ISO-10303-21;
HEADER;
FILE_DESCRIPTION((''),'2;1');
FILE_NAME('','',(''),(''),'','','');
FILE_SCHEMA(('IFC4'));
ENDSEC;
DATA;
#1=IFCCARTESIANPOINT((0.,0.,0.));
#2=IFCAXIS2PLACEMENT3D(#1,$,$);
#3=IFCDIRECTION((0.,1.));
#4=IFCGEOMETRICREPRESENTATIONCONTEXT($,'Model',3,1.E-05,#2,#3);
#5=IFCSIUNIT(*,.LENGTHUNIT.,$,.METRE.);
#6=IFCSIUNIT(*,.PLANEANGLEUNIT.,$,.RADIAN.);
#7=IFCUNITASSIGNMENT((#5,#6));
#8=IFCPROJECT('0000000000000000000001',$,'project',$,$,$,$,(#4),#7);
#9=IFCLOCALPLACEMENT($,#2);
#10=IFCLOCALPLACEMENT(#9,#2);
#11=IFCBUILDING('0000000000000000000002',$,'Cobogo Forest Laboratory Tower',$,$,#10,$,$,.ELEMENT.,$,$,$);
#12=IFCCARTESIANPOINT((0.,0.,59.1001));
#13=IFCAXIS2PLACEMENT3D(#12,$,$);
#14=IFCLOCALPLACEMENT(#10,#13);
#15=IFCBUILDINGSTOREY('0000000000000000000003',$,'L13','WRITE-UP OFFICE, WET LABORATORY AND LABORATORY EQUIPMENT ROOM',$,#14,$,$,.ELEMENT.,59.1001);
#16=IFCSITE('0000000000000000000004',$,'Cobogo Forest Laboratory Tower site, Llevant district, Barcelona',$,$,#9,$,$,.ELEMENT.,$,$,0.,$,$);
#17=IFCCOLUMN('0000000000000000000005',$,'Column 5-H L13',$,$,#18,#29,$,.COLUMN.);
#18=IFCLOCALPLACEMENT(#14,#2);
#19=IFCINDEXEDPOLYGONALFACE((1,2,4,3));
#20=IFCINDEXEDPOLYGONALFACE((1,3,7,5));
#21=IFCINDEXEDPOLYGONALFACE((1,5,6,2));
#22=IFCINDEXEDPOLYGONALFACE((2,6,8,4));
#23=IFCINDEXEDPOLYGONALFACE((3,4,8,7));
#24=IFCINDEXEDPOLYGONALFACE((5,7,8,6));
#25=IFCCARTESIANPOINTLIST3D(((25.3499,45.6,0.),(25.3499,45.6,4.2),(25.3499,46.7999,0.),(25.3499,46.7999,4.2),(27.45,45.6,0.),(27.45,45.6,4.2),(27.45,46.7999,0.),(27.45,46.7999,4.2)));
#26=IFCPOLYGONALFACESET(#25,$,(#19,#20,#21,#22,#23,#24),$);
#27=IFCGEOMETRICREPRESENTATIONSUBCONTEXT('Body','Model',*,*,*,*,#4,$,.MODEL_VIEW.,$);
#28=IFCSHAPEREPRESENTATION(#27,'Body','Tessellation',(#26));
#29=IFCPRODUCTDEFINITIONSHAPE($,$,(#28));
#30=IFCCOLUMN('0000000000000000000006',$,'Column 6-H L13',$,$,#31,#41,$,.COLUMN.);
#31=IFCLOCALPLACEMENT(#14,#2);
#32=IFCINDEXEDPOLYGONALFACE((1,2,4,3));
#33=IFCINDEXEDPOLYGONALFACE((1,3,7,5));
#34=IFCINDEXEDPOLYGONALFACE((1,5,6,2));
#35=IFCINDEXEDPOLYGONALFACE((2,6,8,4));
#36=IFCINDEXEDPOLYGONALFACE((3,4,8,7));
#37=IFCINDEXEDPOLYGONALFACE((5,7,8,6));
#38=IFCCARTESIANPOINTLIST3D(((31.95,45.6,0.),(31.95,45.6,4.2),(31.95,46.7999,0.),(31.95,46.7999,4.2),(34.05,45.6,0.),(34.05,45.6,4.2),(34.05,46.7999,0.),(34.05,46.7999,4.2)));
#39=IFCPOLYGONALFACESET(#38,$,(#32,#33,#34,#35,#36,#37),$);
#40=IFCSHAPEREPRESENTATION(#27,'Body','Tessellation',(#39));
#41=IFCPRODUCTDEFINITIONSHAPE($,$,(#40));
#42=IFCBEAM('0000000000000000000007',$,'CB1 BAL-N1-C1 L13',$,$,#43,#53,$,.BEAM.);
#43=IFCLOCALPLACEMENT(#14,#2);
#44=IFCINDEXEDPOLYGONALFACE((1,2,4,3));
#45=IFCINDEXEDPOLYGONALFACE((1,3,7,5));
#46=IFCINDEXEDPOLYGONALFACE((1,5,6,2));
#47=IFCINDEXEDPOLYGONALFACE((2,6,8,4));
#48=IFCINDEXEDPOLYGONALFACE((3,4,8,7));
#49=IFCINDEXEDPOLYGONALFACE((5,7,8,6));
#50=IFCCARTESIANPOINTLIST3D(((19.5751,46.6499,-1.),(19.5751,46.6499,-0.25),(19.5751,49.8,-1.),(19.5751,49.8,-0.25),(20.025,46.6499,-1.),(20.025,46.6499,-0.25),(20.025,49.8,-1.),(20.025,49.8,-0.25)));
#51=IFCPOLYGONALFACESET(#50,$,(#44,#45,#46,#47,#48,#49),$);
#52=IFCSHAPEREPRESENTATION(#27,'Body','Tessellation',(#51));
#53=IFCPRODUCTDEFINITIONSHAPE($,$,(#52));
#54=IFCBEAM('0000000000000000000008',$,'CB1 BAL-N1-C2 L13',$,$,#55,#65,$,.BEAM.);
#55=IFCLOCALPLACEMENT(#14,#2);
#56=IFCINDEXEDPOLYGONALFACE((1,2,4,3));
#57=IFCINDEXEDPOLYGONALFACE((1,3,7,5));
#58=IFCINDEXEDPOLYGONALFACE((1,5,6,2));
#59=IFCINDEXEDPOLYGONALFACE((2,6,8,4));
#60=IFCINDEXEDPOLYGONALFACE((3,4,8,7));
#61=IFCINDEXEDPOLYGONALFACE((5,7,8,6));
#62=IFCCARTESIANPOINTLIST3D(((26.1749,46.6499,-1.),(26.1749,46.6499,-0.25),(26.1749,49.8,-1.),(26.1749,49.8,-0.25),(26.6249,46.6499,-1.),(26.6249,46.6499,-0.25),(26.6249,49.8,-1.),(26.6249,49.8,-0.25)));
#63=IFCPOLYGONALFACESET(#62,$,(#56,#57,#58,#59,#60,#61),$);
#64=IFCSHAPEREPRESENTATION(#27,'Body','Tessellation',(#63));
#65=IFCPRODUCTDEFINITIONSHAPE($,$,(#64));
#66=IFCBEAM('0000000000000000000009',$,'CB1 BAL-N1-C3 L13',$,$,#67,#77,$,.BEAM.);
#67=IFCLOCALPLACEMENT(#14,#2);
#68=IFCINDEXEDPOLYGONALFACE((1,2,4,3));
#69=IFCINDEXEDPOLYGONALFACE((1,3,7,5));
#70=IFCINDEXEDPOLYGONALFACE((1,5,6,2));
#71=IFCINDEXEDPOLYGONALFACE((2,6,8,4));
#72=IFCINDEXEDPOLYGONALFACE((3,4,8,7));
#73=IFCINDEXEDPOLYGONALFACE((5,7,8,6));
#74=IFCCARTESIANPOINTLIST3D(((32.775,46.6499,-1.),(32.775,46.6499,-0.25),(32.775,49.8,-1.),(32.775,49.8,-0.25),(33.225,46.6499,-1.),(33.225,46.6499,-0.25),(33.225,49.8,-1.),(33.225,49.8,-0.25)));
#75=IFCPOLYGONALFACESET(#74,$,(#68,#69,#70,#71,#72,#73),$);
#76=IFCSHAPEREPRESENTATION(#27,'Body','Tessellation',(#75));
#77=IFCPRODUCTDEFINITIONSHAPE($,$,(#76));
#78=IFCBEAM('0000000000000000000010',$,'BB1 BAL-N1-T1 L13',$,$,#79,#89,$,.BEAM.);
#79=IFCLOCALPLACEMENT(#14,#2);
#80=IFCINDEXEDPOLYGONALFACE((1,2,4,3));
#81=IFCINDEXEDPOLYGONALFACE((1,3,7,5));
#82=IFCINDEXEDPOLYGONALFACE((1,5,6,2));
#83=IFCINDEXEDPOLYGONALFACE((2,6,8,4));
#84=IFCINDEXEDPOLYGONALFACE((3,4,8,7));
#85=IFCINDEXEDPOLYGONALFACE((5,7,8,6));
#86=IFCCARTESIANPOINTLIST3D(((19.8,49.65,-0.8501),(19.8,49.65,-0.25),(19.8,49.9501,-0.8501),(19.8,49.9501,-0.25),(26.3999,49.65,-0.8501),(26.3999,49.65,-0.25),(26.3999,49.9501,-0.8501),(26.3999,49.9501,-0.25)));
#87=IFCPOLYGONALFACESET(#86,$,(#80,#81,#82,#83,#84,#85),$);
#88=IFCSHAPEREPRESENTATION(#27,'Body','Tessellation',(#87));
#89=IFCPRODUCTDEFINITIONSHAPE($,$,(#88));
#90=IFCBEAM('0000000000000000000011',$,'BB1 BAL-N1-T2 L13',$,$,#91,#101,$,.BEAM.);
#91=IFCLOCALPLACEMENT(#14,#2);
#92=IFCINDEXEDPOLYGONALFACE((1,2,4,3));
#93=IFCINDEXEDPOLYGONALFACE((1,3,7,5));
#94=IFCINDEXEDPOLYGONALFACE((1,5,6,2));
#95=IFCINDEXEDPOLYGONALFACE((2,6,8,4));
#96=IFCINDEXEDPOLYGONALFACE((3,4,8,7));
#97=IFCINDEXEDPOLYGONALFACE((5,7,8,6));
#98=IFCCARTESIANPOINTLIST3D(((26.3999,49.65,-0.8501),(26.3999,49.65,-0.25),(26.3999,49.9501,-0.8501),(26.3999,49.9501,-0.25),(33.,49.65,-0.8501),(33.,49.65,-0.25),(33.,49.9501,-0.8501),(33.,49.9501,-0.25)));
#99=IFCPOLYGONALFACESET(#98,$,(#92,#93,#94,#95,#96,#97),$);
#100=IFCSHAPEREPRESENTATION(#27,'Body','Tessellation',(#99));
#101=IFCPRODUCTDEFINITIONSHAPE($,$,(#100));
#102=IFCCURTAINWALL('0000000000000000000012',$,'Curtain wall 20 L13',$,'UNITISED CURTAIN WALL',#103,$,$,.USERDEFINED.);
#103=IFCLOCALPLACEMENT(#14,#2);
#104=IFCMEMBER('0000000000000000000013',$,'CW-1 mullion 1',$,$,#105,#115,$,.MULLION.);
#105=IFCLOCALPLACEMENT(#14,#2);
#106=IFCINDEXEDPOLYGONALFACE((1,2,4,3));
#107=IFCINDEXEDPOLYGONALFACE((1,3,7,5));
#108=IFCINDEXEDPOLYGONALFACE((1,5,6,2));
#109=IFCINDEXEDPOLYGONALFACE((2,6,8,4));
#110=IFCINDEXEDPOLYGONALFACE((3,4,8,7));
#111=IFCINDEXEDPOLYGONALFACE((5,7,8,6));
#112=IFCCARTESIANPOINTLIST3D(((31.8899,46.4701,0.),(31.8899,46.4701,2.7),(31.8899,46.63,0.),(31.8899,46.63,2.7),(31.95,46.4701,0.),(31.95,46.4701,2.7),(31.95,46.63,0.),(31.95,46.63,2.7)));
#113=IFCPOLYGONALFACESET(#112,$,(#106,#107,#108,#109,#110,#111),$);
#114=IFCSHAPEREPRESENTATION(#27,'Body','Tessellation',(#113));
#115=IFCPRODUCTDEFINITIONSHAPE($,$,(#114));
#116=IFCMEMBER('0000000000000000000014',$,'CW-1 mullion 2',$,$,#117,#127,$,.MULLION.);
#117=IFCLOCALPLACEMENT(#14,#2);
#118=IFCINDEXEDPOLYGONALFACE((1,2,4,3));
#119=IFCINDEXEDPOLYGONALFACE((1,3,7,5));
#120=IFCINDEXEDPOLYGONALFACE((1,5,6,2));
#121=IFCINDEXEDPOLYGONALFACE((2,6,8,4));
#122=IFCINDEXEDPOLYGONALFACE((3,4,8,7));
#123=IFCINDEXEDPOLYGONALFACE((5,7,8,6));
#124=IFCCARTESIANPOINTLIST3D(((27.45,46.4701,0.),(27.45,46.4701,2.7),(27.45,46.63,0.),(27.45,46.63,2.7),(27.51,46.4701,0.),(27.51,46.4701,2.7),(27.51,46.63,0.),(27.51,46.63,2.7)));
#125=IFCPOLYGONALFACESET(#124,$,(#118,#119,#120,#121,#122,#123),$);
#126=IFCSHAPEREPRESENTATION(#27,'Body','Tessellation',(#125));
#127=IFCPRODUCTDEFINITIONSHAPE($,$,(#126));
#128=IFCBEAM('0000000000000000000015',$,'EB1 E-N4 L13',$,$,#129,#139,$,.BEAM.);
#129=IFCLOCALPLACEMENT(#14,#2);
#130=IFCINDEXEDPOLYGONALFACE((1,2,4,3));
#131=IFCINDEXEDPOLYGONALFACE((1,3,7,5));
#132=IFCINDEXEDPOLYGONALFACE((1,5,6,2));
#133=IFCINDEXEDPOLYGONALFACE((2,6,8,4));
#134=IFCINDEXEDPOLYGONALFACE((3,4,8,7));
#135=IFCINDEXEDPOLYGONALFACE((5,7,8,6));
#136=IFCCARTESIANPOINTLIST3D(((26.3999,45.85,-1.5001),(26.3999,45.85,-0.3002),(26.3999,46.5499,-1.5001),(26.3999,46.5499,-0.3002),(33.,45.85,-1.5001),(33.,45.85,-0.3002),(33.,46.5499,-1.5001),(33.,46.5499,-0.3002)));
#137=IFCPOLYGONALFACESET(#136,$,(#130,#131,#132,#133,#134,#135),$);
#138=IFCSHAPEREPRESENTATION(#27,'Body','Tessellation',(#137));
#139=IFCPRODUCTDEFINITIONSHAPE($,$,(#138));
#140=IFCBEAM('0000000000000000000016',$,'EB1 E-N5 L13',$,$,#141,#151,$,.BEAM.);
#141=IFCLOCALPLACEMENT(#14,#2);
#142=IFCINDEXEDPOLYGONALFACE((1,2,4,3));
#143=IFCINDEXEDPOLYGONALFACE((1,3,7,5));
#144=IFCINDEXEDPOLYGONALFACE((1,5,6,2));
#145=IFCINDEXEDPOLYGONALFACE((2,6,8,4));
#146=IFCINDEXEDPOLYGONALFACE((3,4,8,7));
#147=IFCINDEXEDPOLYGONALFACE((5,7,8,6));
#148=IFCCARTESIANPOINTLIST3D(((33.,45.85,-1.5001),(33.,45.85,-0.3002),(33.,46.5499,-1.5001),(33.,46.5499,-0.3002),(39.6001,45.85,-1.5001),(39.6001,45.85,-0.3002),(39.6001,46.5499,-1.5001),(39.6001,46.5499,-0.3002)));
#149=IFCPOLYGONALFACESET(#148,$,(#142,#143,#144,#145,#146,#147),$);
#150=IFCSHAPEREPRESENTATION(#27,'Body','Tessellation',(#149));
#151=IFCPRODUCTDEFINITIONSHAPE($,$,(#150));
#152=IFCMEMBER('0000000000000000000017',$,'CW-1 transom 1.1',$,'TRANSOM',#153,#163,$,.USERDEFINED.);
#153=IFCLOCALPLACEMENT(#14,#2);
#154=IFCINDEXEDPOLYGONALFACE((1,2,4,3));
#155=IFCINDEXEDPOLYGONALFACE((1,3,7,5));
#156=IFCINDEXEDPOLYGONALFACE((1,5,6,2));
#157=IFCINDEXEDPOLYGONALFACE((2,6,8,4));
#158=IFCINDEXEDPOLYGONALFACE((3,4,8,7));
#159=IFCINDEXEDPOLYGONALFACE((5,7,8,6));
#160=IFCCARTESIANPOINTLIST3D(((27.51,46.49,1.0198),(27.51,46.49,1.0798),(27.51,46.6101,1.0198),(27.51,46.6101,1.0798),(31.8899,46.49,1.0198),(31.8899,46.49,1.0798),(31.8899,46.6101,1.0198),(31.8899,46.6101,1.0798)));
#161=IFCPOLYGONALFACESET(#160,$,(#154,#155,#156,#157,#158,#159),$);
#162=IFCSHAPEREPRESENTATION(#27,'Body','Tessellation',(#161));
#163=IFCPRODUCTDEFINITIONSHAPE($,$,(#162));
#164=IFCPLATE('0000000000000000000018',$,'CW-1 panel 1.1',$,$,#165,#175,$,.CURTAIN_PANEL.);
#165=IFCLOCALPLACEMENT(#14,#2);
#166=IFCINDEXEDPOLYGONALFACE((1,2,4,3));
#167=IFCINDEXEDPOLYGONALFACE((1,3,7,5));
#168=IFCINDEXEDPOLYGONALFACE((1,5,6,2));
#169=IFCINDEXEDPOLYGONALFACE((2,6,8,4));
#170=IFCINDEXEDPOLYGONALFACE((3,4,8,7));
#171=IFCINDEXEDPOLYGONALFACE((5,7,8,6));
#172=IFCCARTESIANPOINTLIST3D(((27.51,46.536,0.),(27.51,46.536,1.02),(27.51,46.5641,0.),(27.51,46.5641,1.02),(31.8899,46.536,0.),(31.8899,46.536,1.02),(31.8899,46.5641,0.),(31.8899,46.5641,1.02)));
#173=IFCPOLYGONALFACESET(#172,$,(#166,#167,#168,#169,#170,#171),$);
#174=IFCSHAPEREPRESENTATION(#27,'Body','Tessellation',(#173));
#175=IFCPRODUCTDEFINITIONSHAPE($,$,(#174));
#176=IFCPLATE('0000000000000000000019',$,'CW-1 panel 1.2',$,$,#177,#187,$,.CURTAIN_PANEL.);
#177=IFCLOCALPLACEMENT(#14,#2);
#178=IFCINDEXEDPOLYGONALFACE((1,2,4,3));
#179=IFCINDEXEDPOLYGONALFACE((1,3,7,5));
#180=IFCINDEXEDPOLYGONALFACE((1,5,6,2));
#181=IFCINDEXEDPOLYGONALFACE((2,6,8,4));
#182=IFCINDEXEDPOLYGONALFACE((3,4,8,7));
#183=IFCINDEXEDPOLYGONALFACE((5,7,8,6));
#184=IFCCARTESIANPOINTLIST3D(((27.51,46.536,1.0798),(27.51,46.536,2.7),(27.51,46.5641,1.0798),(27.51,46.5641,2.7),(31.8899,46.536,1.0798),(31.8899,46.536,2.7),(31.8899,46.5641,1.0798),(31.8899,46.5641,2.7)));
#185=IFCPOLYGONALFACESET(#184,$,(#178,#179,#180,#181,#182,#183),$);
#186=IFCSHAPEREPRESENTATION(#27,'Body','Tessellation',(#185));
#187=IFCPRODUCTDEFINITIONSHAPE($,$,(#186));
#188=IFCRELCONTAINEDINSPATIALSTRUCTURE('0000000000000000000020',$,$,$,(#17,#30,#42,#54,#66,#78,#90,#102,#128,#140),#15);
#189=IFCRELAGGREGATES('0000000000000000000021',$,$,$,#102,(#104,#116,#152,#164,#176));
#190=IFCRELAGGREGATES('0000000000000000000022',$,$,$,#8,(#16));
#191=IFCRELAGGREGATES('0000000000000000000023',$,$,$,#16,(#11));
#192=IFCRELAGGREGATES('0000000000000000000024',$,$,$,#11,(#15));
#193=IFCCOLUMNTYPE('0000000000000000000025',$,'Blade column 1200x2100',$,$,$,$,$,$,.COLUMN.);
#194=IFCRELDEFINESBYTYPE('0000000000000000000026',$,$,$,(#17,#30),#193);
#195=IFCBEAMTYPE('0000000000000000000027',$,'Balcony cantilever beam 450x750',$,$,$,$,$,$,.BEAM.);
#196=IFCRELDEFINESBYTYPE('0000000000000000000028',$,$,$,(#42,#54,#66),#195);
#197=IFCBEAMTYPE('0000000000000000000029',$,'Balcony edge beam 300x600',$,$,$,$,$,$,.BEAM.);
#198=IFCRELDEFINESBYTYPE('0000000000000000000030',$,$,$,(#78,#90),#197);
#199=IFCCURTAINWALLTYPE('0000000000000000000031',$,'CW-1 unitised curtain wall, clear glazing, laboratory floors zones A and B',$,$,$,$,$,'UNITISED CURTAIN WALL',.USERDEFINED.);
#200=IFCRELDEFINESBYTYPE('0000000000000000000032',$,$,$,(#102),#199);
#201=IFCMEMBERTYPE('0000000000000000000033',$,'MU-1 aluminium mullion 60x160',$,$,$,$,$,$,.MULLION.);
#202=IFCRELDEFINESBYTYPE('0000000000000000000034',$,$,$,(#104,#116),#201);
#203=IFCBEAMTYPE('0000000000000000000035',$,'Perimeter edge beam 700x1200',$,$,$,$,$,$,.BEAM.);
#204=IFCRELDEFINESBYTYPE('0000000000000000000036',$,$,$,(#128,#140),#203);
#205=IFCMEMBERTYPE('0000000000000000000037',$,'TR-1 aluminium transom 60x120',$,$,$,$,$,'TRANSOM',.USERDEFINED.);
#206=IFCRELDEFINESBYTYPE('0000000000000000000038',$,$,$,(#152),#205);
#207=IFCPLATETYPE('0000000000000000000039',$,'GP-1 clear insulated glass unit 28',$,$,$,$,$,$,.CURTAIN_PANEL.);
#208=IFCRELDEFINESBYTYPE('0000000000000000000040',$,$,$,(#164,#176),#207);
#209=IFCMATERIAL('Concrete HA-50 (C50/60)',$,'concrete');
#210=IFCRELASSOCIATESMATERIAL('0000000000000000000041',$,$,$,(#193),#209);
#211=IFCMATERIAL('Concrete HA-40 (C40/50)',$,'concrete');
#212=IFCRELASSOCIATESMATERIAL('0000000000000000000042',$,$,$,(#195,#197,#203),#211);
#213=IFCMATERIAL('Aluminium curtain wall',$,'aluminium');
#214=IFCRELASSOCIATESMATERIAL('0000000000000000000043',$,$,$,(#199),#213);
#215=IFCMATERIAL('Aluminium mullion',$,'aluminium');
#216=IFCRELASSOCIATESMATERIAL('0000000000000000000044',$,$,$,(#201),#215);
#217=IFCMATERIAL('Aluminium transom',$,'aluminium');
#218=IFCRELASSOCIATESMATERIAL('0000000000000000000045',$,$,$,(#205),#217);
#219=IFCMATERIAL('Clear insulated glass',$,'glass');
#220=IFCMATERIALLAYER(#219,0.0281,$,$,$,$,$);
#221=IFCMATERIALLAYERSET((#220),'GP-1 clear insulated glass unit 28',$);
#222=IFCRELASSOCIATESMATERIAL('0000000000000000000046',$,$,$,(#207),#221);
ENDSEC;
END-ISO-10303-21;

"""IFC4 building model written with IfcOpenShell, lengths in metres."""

from ifc_helpers import new_model, si_unit, direction, frame, origin, origin_2d, place, context, subcontext, project, spatial, rectangle, extrude, material, layer, layer_set, material_profile, profile_set, type_object, element, aggregate, save


model = new_model("IFC4")

# Units and contexts
model_context = context("Model", 3, precision=1e-05, world=origin(), true_north=direction((0.0, 1.0)))
body_context = subcontext(model_context, "Body", "Model", "MODEL_VIEW")
ifc_project = project(units=[si_unit("LENGTHUNIT", "METRE"), si_unit("PLANEANGLEUNIT", "RADIAN")], contexts=[model_context])

# Site, building, storey
site_placement = place(None, origin())
site = spatial("IfcSite", under=ifc_project, at=site_placement, Name="Cobogo Forest Laboratory Tower site, Llevant district, Barcelona", CompositionType="ELEMENT", RefElevation=0.0)
building_placement = place(site_placement, origin())
building = spatial("IfcBuilding", under=site, at=building_placement, Name="Cobogo Forest Laboratory Tower", CompositionType="ELEMENT")
storey_placement = place(building_placement, frame((0.0, 0.0, 59.1001)))
storey = spatial("IfcBuildingStorey", under=building, at=storey_placement, Name="L13", Description="WRITE-UP OFFICE, WET LABORATORY AND LABORATORY EQUIPMENT ROOM", CompositionType="ELEMENT", Elevation=59.1001)

# Columns
ifc_material_1 = material(Name="Concrete HA-50 (C50/60)", Category="concrete")
ifc_material_profile_1 = material_profile(ifc_material_1, rectangle(XDim=2.1001, YDim=1.2, at=origin_2d()), Name="RC 1200x2100")
ifc_profile_set_1 = profile_set([ifc_material_profile_1], Name="Concrete HA-50 (C50/60)")
column_type = type_object("IfcColumnType", Name="Blade column 1200x2100", PredefinedType="COLUMN", material=ifc_profile_set_1)
for number, where, z_axis, x_axis, name in (
    (1, (26.3999, 46.2, 0.0), (0.0, 0.0, 1.0), (1.0, 0.0, 0.0), "Column 5-H L13"),
    (2, (33.0, 46.2, 0.0), (0.0, 0.0, 1.0), (1.0, 0.0, 0.0), "Column 6-H L13"),
):
    element("IfcColumn", number, at=place(storey_placement, frame(where, z_axis=z_axis, x_axis=x_axis)), inside=storey, type_object=column_type, Name=name, PredefinedType="COLUMN", context=body_context, shape_type="SweptSolid", body=[
        extrude(rectangle(XDim=2.1001, YDim=1.2, at=origin_2d()), origin(), (0.0, 0.0, 1.0), 4.2),
    ])

# Beams
ifc_material_2 = material(Name="Concrete HA-40 (C40/50)", Category="concrete")
ifc_material_profile_2 = material_profile(ifc_material_2, rectangle(XDim=0.45, YDim=0.75, at=origin_2d()), Name="RC 450x750")
ifc_profile_set_2 = profile_set([ifc_material_profile_2], Name="Concrete HA-40 (C40/50)")
beam_type_1 = type_object("IfcBeamType", Name="Balcony cantilever beam 450x750", PredefinedType="BEAM", material=ifc_profile_set_2)
for number, where, z_axis, x_axis, name in (
    (3, (19.8, 46.6499, -0.625), (0.0, 1.0, 0.0), (-1.0, 0.0, 0.0), "CB1 BAL-N1-C1 L13"),
    (4, (26.3999, 46.6499, -0.625), (0.0, 1.0, 0.0), (-1.0, 0.0, 0.0), "CB1 BAL-N1-C2 L13"),
    (5, (33.0, 46.6499, -0.625), (0.0, 1.0, 0.0), (-1.0, 0.0, 0.0), "CB1 BAL-N1-C3 L13"),
):
    element("IfcBeam", number, at=place(storey_placement, frame(where, z_axis=z_axis, x_axis=x_axis)), inside=storey, type_object=beam_type_1, Name=name, PredefinedType="BEAM", context=body_context, shape_type="SweptSolid", body=[
        extrude(rectangle(XDim=0.45, YDim=0.75, at=origin_2d()), origin(), (0.0, 0.0, 1.0), 3.1501),
    ])
ifc_material_profile_3 = material_profile(ifc_material_2, rectangle(XDim=0.3, YDim=0.6001, at=origin_2d()), Name="RC 300x600")
ifc_profile_set_3 = profile_set([ifc_material_profile_3], Name="Concrete HA-40 (C40/50)")
beam_type_2 = type_object("IfcBeamType", Name="Balcony edge beam 300x600", PredefinedType="BEAM", material=ifc_profile_set_3)
beam_1_placement = place(storey_placement, frame((19.8, 49.8, -0.55), z_axis=(1.0, 0.0, 0.0), x_axis=(0.0, 1.0, 0.0)))
element("IfcBeam", 6, at=beam_1_placement, inside=storey, type_object=beam_type_2, Name="BB1 BAL-N1-T1 L13", PredefinedType="BEAM", context=body_context, shape_type="SweptSolid", body=[
    extrude(rectangle(XDim=0.3, YDim=0.6001, at=origin_2d()), origin(), (0.0, 0.0, 1.0), 6.5999),
])
beam_2_placement = place(storey_placement, frame((26.3999, 49.8, -0.55), z_axis=(1.0, 0.0, 0.0), x_axis=(0.0, 1.0, 0.0)))
element("IfcBeam", 7, at=beam_2_placement, inside=storey, type_object=beam_type_2, Name="BB1 BAL-N1-T2 L13", PredefinedType="BEAM", context=body_context, shape_type="SweptSolid", body=[
    extrude(rectangle(XDim=0.3, YDim=0.6001, at=origin_2d()), origin(), (0.0, 0.0, 1.0), 6.6001),
])

# Curtain wall, members
ifc_material_3 = material(Name="Aluminium curtain wall", Category="aluminium")
curtain_wall_type = type_object("IfcCurtainWallType", Name="CW-1 unitised curtain wall, clear glazing, laboratory floors zones A and B", ElementType="UNITISED CURTAIN WALL", PredefinedType="USERDEFINED", material=ifc_material_3)
curtain_wall_placement = place(storey_placement, origin())
curtain_wall = element("IfcCurtainWall", 8, at=curtain_wall_placement, inside=storey, type_object=curtain_wall_type, Name="Curtain wall 20 L13", ObjectType="UNITISED CURTAIN WALL", PredefinedType="USERDEFINED")
ifc_material_4 = material(Name="Aluminium mullion", Category="aluminium")
ifc_material_profile_4 = material_profile(ifc_material_4, rectangle(XDim=0.0601, YDim=0.1599, at=origin_2d()), Name="AL 60x160")
ifc_profile_set_4 = profile_set([ifc_material_profile_4], Name="Aluminium mullion")
member_type_1 = type_object("IfcMemberType", Name="MU-1 aluminium mullion 60x160", PredefinedType="MULLION", material=ifc_profile_set_4)
member_1_placement = place(storey_placement, frame((31.9199, 46.55, 0.0), z_axis=(0.0, 0.0, 1.0), x_axis=(-1.0, 0.0, 0.0)))
member_1 = element("IfcMember", 9, at=member_1_placement, type_object=member_type_1, Name="CW-1 mullion 1", PredefinedType="MULLION", context=body_context, shape_type="SweptSolid", body=[
    extrude(rectangle(XDim=0.0601, YDim=0.1599, at=origin_2d()), origin(), (0.0, 0.0, 1.0), 2.7),
])
member_2_placement = place(storey_placement, frame((27.48, 46.55, 0.0), z_axis=(0.0, 0.0, 1.0), x_axis=(-1.0, 0.0, 0.0)))
member_2 = element("IfcMember", 10, at=member_2_placement, type_object=member_type_1, Name="CW-1 mullion 2", PredefinedType="MULLION", context=body_context, shape_type="SweptSolid", body=[
    extrude(rectangle(XDim=0.0601, YDim=0.1599, at=origin_2d()), origin(), (0.0, 0.0, 1.0), 2.7),
])

# Beams
ifc_material_profile_5 = material_profile(ifc_material_2, rectangle(XDim=0.7, YDim=1.2, at=origin_2d()), Name="RC 700x1200")
ifc_profile_set_5 = profile_set([ifc_material_profile_5], Name="Concrete HA-40 (C40/50)")
beam_type_3 = type_object("IfcBeamType", Name="Perimeter edge beam 700x1200", PredefinedType="BEAM", material=ifc_profile_set_5)
for number, where, z_axis, x_axis, name in (
    (11, (26.3999, 46.2, -0.9001), (1.0, 0.0, 0.0), (0.0, 1.0, 0.0), "EB1 E-N4 L13"),
    (12, (33.0, 46.2, -0.9001), (1.0, 0.0, 0.0), (0.0, 1.0, 0.0), "EB1 E-N5 L13"),
):
    element("IfcBeam", number, at=place(storey_placement, frame(where, z_axis=z_axis, x_axis=x_axis)), inside=storey, type_object=beam_type_3, Name=name, PredefinedType="BEAM", context=body_context, shape_type="SweptSolid", body=[
        extrude(rectangle(XDim=0.7, YDim=1.2, at=origin_2d()), origin(), (0.0, 0.0, 1.0), 6.6001),
    ])

# Member
ifc_material_5 = material(Name="Aluminium transom", Category="aluminium")
ifc_material_profile_6 = material_profile(ifc_material_5, rectangle(XDim=0.1201, YDim=0.0601, at=origin_2d()), Name="AL 60x120")
ifc_profile_set_6 = profile_set([ifc_material_profile_6], Name="Aluminium transom")
member_type_2 = type_object("IfcMemberType", Name="TR-1 aluminium transom 60x120", ElementType="TRANSOM", PredefinedType="USERDEFINED", material=ifc_profile_set_6)
member_3_placement = place(storey_placement, frame((31.8899, 46.55, 1.0498), z_axis=(-1.0, 0.0, 0.0), x_axis=(0.0, -1.0, 0.0)))
member_3 = element("IfcMember", 13, at=member_3_placement, type_object=member_type_2, Name="CW-1 transom 1.1", ObjectType="TRANSOM", PredefinedType="USERDEFINED", context=body_context, shape_type="SweptSolid", body=[
    extrude(rectangle(XDim=0.1201, YDim=0.0601, at=origin_2d()), origin(), (0.0, 0.0, 1.0), 4.3799),
])

# Plates
ifc_material_6 = material(Name="Clear insulated glass", Category="glass")
ifc_layer_1 = layer(ifc_material_6, 0.0281)
ifc_layer_set_1 = layer_set([ifc_layer_1], Name="GP-1 clear insulated glass unit 28")
plate_type = type_object("IfcPlateType", Name="GP-1 clear insulated glass unit 28", PredefinedType="CURTAIN_PANEL", material=ifc_layer_set_1)
plate_1_placement = place(storey_placement, frame((29.7, 46.55, 0.0), z_axis=(0.0, 0.0, 1.0), x_axis=(-1.0, 0.0, 0.0)))
plate_1 = element("IfcPlate", 14, at=plate_1_placement, type_object=plate_type, Name="CW-1 panel 1.1", PredefinedType="CURTAIN_PANEL", context=body_context, shape_type="SweptSolid", body=[
    extrude(rectangle(XDim=4.3799, YDim=0.0281, at=origin_2d()), origin(), (0.0, 0.0, 1.0), 1.02),
])
plate_2_placement = place(storey_placement, frame((29.7, 46.55, 1.0798), z_axis=(0.0, 0.0, 1.0), x_axis=(-1.0, 0.0, 0.0)))
plate_2 = element("IfcPlate", 15, at=plate_2_placement, type_object=plate_type, Name="CW-1 panel 1.2", PredefinedType="CURTAIN_PANEL", context=body_context, shape_type="SweptSolid", body=[
    extrude(rectangle(XDim=4.3799, YDim=0.0281, at=origin_2d()), origin(), (0.0, 0.0, 1.0), 1.6201),
])
aggregate(curtain_wall, [member_1, member_2, member_3, plate_1, plate_2])

save(model, "model.ifc")
